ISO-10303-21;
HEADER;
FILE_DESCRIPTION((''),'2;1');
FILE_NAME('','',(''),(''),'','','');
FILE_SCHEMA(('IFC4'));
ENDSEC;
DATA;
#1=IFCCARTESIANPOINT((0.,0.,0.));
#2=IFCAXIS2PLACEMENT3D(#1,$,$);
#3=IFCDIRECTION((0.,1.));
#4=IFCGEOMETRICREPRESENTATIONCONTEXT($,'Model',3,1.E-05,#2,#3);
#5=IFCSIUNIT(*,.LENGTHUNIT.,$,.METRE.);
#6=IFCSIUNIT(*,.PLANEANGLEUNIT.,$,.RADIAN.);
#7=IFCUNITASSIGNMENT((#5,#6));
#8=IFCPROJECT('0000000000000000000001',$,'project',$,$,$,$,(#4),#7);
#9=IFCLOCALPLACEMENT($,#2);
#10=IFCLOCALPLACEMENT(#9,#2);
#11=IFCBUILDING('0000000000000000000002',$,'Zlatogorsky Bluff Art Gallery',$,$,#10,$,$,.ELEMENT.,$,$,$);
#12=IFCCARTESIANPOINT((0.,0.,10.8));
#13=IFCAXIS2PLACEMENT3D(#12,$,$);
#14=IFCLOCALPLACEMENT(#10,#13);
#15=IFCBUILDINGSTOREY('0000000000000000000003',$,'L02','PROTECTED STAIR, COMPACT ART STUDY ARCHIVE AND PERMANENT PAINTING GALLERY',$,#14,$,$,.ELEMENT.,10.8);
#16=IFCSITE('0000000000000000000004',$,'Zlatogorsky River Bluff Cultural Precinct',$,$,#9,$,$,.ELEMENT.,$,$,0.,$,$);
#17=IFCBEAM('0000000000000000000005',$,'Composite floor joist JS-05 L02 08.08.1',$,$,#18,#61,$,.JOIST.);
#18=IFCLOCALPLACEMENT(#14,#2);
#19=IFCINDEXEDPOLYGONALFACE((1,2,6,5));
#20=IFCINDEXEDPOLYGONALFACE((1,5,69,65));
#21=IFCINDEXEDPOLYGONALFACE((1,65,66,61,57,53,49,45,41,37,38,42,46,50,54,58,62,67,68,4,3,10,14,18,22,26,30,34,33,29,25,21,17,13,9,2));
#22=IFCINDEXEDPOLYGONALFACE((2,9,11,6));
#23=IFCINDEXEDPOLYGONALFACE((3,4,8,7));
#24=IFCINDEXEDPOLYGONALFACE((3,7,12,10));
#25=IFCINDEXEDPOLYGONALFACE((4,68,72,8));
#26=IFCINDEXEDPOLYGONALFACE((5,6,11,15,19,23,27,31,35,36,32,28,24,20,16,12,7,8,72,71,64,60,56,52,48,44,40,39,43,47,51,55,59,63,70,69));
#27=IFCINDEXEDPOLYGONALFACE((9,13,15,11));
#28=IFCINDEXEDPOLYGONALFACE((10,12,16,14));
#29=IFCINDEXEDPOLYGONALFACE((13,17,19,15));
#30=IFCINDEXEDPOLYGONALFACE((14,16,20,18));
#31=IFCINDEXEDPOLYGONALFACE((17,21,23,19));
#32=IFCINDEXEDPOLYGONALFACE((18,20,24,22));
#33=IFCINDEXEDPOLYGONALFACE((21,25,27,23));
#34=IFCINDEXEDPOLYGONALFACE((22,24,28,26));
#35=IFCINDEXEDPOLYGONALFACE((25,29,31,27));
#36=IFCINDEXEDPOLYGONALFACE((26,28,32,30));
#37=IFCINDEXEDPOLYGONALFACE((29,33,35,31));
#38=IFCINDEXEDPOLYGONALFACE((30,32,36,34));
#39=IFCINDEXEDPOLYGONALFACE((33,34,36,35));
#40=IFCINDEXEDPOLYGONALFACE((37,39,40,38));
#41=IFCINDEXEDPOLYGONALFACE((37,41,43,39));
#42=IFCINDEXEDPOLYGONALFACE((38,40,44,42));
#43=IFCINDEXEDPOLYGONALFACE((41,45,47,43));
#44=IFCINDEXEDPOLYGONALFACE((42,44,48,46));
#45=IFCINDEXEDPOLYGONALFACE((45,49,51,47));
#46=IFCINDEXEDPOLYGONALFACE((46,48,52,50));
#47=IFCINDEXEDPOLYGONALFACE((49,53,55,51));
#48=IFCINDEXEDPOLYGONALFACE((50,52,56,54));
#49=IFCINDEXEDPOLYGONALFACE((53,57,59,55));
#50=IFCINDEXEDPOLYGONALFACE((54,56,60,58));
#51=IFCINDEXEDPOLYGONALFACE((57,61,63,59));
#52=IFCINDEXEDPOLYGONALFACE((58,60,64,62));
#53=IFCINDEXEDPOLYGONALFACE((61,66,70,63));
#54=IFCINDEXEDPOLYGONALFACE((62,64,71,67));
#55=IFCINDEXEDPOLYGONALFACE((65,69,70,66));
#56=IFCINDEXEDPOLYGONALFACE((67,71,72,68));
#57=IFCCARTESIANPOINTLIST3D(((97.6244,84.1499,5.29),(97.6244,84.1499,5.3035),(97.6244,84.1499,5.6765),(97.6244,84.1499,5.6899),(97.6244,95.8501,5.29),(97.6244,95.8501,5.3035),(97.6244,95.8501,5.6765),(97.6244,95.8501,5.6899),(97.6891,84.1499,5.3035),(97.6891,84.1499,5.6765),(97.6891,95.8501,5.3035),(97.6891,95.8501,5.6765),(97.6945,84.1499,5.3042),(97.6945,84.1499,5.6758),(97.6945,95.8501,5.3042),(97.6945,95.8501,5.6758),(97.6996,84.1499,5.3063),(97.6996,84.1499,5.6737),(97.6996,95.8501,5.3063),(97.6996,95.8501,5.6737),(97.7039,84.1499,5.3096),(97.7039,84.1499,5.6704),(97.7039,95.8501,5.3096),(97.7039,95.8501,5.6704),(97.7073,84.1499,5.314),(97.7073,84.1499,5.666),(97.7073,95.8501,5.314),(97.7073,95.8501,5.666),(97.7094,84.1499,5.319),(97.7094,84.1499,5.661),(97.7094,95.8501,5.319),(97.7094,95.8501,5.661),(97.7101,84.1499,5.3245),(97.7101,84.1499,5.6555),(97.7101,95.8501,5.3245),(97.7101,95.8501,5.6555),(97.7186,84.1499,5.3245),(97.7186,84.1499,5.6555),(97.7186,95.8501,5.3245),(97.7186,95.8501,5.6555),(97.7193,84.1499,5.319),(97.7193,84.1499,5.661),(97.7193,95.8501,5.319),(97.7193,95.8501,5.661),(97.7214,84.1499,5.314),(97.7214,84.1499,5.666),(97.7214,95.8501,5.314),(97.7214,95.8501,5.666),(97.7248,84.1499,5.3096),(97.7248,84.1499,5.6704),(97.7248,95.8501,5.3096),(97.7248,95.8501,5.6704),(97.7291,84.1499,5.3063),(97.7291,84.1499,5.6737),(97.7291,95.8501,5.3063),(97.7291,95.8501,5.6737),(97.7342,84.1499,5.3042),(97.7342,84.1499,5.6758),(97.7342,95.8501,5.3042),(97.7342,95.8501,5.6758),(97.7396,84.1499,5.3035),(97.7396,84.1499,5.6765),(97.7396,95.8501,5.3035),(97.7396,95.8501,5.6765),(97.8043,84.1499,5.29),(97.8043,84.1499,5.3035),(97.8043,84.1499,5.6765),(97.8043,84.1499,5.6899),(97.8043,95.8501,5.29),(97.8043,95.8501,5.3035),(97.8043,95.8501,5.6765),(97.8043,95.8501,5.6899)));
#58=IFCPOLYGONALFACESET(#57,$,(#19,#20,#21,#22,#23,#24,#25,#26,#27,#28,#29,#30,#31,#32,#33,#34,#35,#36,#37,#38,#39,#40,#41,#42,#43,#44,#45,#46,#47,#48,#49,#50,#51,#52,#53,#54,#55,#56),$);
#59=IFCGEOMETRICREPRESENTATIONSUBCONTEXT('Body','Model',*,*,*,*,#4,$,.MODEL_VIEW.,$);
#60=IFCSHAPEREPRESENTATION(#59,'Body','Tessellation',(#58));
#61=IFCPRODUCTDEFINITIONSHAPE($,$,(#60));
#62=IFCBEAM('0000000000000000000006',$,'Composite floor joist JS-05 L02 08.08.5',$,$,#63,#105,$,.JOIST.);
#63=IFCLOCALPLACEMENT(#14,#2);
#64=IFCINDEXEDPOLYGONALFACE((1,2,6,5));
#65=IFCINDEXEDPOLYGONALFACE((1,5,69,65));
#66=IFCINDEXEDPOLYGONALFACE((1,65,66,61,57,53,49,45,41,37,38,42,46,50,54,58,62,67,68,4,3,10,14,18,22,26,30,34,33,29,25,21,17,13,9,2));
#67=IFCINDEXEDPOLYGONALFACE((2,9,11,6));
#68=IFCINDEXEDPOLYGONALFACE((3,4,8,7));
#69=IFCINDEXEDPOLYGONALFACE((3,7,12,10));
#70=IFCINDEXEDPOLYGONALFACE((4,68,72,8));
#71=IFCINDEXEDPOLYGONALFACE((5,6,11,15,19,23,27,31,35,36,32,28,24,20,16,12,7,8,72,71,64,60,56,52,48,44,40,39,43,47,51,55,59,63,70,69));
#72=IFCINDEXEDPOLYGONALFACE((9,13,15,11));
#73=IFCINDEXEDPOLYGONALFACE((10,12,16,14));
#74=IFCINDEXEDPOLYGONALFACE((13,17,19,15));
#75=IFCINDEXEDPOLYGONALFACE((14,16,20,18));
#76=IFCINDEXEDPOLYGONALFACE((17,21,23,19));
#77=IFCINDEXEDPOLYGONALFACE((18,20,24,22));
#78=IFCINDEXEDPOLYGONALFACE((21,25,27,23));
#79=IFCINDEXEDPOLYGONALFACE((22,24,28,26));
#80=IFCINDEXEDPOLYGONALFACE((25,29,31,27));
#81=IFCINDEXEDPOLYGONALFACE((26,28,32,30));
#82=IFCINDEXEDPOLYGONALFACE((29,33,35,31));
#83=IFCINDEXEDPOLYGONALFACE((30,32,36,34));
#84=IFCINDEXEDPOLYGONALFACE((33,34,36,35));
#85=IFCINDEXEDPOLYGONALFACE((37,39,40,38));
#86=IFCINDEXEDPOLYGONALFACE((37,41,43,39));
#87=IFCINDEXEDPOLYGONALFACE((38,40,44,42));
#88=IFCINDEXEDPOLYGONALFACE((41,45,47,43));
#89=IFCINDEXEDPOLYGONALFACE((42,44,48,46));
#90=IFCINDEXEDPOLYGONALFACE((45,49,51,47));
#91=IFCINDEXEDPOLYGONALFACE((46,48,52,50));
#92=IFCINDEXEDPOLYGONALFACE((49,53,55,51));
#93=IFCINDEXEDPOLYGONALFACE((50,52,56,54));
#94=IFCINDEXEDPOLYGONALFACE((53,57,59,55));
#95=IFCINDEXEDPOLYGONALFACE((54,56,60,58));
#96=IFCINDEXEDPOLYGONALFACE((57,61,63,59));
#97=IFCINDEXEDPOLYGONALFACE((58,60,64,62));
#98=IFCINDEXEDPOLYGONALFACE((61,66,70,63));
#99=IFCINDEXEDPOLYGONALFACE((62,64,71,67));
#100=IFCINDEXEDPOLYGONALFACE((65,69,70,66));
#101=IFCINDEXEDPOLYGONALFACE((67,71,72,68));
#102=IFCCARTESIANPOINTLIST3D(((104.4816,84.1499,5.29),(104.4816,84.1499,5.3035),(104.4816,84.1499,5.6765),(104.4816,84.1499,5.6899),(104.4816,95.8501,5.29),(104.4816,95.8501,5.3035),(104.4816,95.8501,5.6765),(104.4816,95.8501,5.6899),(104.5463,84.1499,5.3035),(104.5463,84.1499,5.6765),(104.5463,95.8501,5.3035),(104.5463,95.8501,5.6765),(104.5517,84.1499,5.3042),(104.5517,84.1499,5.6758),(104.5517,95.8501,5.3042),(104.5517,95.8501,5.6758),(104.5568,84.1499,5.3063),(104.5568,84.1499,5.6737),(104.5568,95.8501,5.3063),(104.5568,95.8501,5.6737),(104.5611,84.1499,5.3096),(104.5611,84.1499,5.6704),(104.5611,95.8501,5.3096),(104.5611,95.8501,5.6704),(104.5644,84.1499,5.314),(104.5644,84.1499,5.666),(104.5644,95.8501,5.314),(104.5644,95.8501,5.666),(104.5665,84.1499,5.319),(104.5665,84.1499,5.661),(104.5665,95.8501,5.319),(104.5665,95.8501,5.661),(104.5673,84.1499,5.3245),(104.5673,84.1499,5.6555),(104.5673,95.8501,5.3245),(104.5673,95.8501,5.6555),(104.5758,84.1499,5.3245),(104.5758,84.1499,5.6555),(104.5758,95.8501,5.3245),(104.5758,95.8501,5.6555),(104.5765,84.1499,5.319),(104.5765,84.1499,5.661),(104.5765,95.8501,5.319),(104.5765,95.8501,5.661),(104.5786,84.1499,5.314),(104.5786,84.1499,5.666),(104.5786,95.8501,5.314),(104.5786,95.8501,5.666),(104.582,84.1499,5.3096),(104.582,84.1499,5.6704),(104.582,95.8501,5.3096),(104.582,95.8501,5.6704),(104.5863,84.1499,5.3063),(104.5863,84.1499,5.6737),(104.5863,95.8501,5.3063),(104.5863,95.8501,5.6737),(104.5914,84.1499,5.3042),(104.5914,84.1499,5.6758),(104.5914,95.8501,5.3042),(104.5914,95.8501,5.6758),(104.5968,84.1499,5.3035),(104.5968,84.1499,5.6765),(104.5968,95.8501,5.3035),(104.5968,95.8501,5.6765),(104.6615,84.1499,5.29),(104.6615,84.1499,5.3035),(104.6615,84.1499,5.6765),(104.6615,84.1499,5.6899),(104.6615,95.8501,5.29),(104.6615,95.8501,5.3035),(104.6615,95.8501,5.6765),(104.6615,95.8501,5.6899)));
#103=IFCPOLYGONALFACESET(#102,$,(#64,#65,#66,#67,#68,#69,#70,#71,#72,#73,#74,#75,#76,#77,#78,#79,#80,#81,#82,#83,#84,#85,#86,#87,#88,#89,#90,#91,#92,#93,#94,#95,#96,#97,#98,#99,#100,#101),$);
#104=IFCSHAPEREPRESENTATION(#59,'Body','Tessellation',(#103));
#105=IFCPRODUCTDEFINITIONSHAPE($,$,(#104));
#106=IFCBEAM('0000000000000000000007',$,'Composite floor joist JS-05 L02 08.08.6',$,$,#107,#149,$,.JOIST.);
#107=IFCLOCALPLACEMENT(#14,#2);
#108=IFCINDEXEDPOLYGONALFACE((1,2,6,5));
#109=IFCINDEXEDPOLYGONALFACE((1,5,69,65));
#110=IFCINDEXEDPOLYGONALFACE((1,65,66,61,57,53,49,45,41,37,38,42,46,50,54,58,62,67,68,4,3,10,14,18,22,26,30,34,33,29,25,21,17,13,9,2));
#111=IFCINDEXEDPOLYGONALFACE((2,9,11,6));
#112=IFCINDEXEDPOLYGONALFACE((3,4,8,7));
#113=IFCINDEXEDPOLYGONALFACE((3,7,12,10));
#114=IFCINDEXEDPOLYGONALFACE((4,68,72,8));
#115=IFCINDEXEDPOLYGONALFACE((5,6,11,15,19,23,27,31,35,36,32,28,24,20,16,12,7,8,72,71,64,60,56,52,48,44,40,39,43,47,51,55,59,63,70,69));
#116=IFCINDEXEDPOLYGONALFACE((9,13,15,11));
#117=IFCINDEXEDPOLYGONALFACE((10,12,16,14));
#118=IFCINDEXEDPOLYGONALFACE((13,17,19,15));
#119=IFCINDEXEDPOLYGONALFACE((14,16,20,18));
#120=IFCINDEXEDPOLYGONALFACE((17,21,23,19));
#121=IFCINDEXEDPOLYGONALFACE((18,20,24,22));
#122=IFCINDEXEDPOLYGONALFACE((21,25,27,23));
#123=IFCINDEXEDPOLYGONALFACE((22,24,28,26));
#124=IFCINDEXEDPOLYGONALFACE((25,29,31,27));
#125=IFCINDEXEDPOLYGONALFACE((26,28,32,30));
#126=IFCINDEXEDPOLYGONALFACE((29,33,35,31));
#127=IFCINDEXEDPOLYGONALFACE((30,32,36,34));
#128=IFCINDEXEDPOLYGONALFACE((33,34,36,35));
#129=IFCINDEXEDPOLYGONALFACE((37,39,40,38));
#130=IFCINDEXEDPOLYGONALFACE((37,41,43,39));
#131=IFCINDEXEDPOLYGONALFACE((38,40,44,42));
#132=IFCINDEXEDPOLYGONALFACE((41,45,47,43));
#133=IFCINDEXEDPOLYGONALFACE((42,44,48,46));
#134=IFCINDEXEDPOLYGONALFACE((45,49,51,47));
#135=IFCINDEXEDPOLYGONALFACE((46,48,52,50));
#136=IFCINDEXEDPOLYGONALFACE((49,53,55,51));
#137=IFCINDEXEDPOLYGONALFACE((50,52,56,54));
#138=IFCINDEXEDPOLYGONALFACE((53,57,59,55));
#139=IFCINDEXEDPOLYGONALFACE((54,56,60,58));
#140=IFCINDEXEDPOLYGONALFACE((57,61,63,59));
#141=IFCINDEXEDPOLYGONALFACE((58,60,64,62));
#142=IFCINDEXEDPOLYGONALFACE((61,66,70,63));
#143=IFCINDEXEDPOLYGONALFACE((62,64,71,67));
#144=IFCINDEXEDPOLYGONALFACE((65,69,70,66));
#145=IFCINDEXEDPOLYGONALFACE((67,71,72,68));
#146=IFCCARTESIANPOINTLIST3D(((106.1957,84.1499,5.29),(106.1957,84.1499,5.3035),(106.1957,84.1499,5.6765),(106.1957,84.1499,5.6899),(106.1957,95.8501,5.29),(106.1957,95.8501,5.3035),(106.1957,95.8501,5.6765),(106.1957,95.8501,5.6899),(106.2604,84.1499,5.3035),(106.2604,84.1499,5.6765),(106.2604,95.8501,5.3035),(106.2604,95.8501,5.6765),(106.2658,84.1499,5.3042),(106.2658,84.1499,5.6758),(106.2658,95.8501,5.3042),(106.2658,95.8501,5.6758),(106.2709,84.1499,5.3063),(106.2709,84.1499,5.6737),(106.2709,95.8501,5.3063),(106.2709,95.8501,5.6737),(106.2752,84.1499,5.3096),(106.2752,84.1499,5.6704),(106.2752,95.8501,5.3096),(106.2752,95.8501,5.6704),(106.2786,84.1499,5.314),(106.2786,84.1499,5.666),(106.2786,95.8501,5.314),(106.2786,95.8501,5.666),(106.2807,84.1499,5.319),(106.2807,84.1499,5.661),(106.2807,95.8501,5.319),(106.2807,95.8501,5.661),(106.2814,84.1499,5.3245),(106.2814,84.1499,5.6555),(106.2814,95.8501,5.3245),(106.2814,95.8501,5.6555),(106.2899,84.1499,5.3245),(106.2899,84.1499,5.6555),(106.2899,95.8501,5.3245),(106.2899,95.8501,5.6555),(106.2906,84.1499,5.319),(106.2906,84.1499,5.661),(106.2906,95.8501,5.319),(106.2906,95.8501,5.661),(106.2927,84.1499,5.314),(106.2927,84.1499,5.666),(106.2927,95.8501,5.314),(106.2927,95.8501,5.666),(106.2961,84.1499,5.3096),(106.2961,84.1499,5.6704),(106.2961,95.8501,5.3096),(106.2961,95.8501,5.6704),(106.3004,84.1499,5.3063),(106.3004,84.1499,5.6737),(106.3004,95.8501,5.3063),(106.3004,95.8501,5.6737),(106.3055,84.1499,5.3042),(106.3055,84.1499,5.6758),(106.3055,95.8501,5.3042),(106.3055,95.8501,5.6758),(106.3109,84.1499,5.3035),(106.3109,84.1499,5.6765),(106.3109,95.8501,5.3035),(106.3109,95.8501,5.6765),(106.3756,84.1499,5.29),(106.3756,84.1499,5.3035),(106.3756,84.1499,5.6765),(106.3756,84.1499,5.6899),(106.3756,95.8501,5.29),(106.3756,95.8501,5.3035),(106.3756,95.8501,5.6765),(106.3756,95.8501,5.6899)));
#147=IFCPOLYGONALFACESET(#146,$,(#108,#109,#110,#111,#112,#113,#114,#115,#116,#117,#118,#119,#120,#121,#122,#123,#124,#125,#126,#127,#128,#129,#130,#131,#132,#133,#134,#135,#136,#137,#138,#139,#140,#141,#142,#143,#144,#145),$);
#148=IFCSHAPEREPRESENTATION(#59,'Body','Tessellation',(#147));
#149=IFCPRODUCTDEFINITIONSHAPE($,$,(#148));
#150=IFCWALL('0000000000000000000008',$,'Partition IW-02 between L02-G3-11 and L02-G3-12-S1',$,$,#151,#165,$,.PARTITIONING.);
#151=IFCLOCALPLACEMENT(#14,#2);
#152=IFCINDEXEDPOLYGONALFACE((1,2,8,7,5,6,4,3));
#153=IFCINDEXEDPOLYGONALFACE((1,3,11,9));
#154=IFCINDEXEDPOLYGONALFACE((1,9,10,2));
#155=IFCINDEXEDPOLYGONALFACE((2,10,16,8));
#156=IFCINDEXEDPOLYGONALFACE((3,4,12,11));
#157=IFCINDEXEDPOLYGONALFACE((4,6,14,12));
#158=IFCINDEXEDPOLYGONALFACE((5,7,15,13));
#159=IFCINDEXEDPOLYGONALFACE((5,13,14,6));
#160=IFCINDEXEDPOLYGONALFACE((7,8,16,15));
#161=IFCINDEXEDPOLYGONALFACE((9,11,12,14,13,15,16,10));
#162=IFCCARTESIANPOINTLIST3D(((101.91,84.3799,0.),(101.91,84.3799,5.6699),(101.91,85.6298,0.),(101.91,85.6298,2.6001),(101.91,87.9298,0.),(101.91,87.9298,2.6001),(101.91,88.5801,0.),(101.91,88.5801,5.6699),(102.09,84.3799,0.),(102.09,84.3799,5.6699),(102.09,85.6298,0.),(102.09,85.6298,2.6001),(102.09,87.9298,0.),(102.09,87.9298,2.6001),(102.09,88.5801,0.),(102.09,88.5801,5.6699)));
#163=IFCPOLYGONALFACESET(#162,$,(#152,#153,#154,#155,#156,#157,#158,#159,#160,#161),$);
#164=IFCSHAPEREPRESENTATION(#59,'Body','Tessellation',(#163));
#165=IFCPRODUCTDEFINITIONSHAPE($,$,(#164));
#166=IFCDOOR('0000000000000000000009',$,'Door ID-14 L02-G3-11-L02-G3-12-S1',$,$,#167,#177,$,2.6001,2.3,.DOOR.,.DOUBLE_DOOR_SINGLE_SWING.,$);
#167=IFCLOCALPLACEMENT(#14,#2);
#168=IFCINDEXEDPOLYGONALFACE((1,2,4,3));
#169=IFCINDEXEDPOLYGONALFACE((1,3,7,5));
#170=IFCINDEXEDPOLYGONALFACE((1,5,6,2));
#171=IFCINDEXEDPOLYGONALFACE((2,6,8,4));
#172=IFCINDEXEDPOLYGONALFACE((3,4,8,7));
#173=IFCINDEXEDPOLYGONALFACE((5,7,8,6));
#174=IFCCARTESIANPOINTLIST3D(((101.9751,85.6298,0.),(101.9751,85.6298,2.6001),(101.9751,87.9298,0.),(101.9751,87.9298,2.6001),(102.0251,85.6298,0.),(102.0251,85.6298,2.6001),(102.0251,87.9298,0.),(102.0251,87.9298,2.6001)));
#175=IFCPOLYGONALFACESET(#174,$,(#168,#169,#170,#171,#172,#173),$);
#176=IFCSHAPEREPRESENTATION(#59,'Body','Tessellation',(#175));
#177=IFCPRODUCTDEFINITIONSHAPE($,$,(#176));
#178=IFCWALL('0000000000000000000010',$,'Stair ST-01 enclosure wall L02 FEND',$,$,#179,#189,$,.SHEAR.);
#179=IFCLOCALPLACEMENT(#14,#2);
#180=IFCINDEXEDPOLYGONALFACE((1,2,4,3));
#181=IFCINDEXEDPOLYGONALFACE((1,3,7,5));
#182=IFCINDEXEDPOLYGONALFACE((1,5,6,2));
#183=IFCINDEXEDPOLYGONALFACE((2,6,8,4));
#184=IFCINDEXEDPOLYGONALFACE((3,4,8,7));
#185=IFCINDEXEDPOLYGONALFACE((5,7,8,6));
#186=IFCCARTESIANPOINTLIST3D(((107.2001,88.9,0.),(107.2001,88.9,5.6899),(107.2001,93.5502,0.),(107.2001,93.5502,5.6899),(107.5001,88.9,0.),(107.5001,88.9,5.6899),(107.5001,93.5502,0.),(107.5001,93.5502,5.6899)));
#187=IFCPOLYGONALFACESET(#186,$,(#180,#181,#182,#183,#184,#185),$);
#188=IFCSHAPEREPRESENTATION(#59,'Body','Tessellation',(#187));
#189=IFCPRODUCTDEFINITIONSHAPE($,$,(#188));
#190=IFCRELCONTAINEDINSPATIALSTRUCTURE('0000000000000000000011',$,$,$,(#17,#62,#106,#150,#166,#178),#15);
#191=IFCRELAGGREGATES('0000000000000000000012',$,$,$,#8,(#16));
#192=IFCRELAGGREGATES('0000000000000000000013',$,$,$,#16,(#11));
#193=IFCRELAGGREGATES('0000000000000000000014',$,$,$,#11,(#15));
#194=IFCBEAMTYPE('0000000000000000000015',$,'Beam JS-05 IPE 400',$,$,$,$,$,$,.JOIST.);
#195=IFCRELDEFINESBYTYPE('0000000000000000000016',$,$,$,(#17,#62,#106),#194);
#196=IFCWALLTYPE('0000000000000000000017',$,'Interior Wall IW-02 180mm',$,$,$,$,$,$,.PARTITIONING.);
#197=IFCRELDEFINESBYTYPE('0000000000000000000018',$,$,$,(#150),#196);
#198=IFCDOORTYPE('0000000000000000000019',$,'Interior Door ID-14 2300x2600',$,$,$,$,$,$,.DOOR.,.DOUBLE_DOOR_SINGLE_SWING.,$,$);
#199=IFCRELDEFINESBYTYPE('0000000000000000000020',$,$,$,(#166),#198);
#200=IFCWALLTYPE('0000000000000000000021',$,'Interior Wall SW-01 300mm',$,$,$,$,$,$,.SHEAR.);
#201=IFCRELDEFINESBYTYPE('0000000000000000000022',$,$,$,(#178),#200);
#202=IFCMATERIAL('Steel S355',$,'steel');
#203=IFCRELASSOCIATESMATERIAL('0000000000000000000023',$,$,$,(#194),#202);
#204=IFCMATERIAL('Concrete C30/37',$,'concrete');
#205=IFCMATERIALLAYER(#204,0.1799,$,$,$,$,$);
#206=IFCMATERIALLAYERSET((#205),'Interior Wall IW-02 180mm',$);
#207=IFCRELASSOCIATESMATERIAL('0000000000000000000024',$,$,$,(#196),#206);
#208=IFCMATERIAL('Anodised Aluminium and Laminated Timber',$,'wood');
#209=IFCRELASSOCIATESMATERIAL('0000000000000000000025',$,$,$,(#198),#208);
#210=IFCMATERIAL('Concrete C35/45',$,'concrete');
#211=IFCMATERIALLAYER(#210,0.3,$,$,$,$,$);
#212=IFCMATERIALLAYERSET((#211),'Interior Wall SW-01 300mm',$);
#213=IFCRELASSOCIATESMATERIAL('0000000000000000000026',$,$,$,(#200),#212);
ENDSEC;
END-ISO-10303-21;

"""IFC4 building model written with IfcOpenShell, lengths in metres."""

from ifc_helpers import new_model, si_unit, direction, frame, frame_2d, origin, origin_2d, place, context, subcontext, project, spatial, rectangle, i_section, extrude, material, layer, layer_set, material_profile, profile_set, type_object, element, fill, save


model = new_model("IFC4")

# Units and contexts
model_context = context("Model", 3, precision=1e-05, world=origin(), true_north=direction((0.0, 1.0)))
body_context = subcontext(model_context, "Body", "Model", "MODEL_VIEW")
ifc_project = project(units=[si_unit("LENGTHUNIT", "METRE"), si_unit("PLANEANGLEUNIT", "RADIAN")], contexts=[model_context])

# Site, building, storey
site_placement = place(None, origin())
site = spatial("IfcSite", under=ifc_project, at=site_placement, Name="Zlatogorsky River Bluff Cultural Precinct", CompositionType="ELEMENT", RefElevation=0.0)
building_placement = place(site_placement, origin())
building = spatial("IfcBuilding", under=site, at=building_placement, Name="Zlatogorsky Bluff Art Gallery", CompositionType="ELEMENT")
storey_placement = place(building_placement, frame((0.0, 0.0, 10.8)))
storey = spatial("IfcBuildingStorey", under=building, at=storey_placement, Name="L02", Description="PROTECTED STAIR, COMPACT ART STUDY ARCHIVE AND PERMANENT PAINTING GALLERY", CompositionType="ELEMENT", Elevation=10.8)

# Beams
ifc_material_1 = material(Name="Steel S355", Category="steel")
ifc_material_profile = material_profile(ifc_material_1, i_section(OverallWidth=0.1799, OverallDepth=0.3999, WebThickness=0.0085, FlangeThickness=0.0134, FilletRadius=0.021, at=origin_2d()), Name="IPE 400")
ifc_profile_set = profile_set([ifc_material_profile], Name="Steel S355")
beam_type = type_object("IfcBeamType", Name="Beam JS-05 IPE 400", PredefinedType="JOIST", material=ifc_profile_set)
for number, where, z_axis, x_axis, name in (
    (1, (97.7144, 84.1499, 5.49), (0.0, 1.0, 0.0), (-1.0, 0.0, 0.0), "Composite floor joist JS-05 L02 08.08.1"),
    (2, (104.5715, 84.1499, 5.49), (0.0, 1.0, 0.0), (-1.0, 0.0, 0.0), "Composite floor joist JS-05 L02 08.08.5"),
    (3, (106.2856, 84.1499, 5.49), (0.0, 1.0, 0.0), (-1.0, 0.0, 0.0), "Composite floor joist JS-05 L02 08.08.6"),
):
    element("IfcBeam", number, at=place(storey_placement, frame(where, z_axis=z_axis, x_axis=x_axis)), inside=storey, type_object=beam_type, Name=name, PredefinedType="JOIST", context=body_context, shape_type="SweptSolid", body=[
        extrude(i_section(OverallWidth=0.1799, OverallDepth=0.3999, WebThickness=0.0085, FlangeThickness=0.0134, FilletRadius=0.021, at=origin_2d()), origin(), (0.0, 0.0, 1.0), 11.7002),
    ])

# Wall, opening, door
ifc_material_2 = material(Name="Concrete C30/37", Category="concrete")
ifc_layer_1 = layer(ifc_material_2, 0.1799)
ifc_layer_set_1 = layer_set([ifc_layer_1], Name="Interior Wall IW-02 180mm")
wall_type_1 = type_object("IfcWallType", Name="Interior Wall IW-02 180mm", PredefinedType="PARTITIONING", material=ifc_layer_set_1)
wall_1_placement = place(storey_placement, frame((102.0, 84.3799, 0.0), z_axis=(0.0, 0.0, 1.0), x_axis=(0.0, 1.0, 0.0)))
wall_1 = element("IfcWall", 4, at=wall_1_placement, inside=storey, type_object=wall_type_1, Name="Partition IW-02 between L02-G3-11 and L02-G3-12-S1", PredefinedType="PARTITIONING", context=body_context, shape_type="SweptSolid", body=[
    extrude(rectangle(XDim=4.2002, YDim=0.1799, at=frame_2d((2.1001, 0.0))), origin(), (0.0, 0.0, 1.0), 5.6699),
])
opening_placement = place(wall_1_placement, frame((1.25, 0.0, 0.0)))
opening = element("IfcOpeningElement", 5, at=opening_placement, cuts=wall_1, PredefinedType="OPENING", context=body_context, shape_type="SweptSolid", body=[
    extrude(rectangle(XDim=2.3, YDim=2.6001, at=frame_2d((1.1499, 1.3))), frame((0.0, 0.0999, 0.0), z_axis=(0.0, -1.0, 0.0), x_axis=(1.0, 0.0, 0.0)), (0.0, 0.0, 1.0), 0.2),
])
ifc_material_3 = material(Name="Anodised Aluminium and Laminated Timber", Category="wood")
door_type = type_object("IfcDoorType", Name="Interior Door ID-14 2300x2600", OperationType="DOUBLE_DOOR_SINGLE_SWING", PredefinedType="DOOR", material=ifc_material_3)
door_placement = place(opening_placement, origin())
door = element("IfcDoor", 6, at=door_placement, inside=storey, type_object=door_type, Name="Door ID-14 L02-G3-11-L02-G3-12-S1", OperationType="DOUBLE_DOOR_SINGLE_SWING", OverallHeight=2.6001, OverallWidth=2.3, PredefinedType="DOOR", context=body_context, shape_type="SweptSolid", body=[
    extrude(rectangle(XDim=2.3, YDim=2.6001, at=frame_2d((1.1499, 1.3))), frame((0.0, 0.0249, 0.0), z_axis=(0.0, -1.0, 0.0), x_axis=(1.0, 0.0, 0.0)), (0.0, 0.0, 1.0), 0.05),
])
fill(opening, door)

# Wall
ifc_material_4 = material(Name="Concrete C35/45", Category="concrete")
ifc_layer_2 = layer(ifc_material_4, 0.3)
ifc_layer_set_2 = layer_set([ifc_layer_2], Name="Interior Wall SW-01 300mm")
wall_type_2 = type_object("IfcWallType", Name="Interior Wall SW-01 300mm", PredefinedType="SHEAR", material=ifc_layer_set_2)
wall_2_placement = place(storey_placement, frame((107.3501, 88.8999, 0.0), z_axis=(0.0, 0.0, 1.0), x_axis=(0.0, 1.0, 0.0)))
element("IfcWall", 7, at=wall_2_placement, inside=storey, type_object=wall_type_2, Name="Stair ST-01 enclosure wall L02 FEND", PredefinedType="SHEAR", context=body_context, shape_type="SweptSolid", body=[
    extrude(rectangle(XDim=4.6501, YDim=0.3, at=frame_2d((2.3252, 0.0))), origin(), (0.0, 0.0, 1.0), 5.6899),
])

save(model, "model.ifc")
